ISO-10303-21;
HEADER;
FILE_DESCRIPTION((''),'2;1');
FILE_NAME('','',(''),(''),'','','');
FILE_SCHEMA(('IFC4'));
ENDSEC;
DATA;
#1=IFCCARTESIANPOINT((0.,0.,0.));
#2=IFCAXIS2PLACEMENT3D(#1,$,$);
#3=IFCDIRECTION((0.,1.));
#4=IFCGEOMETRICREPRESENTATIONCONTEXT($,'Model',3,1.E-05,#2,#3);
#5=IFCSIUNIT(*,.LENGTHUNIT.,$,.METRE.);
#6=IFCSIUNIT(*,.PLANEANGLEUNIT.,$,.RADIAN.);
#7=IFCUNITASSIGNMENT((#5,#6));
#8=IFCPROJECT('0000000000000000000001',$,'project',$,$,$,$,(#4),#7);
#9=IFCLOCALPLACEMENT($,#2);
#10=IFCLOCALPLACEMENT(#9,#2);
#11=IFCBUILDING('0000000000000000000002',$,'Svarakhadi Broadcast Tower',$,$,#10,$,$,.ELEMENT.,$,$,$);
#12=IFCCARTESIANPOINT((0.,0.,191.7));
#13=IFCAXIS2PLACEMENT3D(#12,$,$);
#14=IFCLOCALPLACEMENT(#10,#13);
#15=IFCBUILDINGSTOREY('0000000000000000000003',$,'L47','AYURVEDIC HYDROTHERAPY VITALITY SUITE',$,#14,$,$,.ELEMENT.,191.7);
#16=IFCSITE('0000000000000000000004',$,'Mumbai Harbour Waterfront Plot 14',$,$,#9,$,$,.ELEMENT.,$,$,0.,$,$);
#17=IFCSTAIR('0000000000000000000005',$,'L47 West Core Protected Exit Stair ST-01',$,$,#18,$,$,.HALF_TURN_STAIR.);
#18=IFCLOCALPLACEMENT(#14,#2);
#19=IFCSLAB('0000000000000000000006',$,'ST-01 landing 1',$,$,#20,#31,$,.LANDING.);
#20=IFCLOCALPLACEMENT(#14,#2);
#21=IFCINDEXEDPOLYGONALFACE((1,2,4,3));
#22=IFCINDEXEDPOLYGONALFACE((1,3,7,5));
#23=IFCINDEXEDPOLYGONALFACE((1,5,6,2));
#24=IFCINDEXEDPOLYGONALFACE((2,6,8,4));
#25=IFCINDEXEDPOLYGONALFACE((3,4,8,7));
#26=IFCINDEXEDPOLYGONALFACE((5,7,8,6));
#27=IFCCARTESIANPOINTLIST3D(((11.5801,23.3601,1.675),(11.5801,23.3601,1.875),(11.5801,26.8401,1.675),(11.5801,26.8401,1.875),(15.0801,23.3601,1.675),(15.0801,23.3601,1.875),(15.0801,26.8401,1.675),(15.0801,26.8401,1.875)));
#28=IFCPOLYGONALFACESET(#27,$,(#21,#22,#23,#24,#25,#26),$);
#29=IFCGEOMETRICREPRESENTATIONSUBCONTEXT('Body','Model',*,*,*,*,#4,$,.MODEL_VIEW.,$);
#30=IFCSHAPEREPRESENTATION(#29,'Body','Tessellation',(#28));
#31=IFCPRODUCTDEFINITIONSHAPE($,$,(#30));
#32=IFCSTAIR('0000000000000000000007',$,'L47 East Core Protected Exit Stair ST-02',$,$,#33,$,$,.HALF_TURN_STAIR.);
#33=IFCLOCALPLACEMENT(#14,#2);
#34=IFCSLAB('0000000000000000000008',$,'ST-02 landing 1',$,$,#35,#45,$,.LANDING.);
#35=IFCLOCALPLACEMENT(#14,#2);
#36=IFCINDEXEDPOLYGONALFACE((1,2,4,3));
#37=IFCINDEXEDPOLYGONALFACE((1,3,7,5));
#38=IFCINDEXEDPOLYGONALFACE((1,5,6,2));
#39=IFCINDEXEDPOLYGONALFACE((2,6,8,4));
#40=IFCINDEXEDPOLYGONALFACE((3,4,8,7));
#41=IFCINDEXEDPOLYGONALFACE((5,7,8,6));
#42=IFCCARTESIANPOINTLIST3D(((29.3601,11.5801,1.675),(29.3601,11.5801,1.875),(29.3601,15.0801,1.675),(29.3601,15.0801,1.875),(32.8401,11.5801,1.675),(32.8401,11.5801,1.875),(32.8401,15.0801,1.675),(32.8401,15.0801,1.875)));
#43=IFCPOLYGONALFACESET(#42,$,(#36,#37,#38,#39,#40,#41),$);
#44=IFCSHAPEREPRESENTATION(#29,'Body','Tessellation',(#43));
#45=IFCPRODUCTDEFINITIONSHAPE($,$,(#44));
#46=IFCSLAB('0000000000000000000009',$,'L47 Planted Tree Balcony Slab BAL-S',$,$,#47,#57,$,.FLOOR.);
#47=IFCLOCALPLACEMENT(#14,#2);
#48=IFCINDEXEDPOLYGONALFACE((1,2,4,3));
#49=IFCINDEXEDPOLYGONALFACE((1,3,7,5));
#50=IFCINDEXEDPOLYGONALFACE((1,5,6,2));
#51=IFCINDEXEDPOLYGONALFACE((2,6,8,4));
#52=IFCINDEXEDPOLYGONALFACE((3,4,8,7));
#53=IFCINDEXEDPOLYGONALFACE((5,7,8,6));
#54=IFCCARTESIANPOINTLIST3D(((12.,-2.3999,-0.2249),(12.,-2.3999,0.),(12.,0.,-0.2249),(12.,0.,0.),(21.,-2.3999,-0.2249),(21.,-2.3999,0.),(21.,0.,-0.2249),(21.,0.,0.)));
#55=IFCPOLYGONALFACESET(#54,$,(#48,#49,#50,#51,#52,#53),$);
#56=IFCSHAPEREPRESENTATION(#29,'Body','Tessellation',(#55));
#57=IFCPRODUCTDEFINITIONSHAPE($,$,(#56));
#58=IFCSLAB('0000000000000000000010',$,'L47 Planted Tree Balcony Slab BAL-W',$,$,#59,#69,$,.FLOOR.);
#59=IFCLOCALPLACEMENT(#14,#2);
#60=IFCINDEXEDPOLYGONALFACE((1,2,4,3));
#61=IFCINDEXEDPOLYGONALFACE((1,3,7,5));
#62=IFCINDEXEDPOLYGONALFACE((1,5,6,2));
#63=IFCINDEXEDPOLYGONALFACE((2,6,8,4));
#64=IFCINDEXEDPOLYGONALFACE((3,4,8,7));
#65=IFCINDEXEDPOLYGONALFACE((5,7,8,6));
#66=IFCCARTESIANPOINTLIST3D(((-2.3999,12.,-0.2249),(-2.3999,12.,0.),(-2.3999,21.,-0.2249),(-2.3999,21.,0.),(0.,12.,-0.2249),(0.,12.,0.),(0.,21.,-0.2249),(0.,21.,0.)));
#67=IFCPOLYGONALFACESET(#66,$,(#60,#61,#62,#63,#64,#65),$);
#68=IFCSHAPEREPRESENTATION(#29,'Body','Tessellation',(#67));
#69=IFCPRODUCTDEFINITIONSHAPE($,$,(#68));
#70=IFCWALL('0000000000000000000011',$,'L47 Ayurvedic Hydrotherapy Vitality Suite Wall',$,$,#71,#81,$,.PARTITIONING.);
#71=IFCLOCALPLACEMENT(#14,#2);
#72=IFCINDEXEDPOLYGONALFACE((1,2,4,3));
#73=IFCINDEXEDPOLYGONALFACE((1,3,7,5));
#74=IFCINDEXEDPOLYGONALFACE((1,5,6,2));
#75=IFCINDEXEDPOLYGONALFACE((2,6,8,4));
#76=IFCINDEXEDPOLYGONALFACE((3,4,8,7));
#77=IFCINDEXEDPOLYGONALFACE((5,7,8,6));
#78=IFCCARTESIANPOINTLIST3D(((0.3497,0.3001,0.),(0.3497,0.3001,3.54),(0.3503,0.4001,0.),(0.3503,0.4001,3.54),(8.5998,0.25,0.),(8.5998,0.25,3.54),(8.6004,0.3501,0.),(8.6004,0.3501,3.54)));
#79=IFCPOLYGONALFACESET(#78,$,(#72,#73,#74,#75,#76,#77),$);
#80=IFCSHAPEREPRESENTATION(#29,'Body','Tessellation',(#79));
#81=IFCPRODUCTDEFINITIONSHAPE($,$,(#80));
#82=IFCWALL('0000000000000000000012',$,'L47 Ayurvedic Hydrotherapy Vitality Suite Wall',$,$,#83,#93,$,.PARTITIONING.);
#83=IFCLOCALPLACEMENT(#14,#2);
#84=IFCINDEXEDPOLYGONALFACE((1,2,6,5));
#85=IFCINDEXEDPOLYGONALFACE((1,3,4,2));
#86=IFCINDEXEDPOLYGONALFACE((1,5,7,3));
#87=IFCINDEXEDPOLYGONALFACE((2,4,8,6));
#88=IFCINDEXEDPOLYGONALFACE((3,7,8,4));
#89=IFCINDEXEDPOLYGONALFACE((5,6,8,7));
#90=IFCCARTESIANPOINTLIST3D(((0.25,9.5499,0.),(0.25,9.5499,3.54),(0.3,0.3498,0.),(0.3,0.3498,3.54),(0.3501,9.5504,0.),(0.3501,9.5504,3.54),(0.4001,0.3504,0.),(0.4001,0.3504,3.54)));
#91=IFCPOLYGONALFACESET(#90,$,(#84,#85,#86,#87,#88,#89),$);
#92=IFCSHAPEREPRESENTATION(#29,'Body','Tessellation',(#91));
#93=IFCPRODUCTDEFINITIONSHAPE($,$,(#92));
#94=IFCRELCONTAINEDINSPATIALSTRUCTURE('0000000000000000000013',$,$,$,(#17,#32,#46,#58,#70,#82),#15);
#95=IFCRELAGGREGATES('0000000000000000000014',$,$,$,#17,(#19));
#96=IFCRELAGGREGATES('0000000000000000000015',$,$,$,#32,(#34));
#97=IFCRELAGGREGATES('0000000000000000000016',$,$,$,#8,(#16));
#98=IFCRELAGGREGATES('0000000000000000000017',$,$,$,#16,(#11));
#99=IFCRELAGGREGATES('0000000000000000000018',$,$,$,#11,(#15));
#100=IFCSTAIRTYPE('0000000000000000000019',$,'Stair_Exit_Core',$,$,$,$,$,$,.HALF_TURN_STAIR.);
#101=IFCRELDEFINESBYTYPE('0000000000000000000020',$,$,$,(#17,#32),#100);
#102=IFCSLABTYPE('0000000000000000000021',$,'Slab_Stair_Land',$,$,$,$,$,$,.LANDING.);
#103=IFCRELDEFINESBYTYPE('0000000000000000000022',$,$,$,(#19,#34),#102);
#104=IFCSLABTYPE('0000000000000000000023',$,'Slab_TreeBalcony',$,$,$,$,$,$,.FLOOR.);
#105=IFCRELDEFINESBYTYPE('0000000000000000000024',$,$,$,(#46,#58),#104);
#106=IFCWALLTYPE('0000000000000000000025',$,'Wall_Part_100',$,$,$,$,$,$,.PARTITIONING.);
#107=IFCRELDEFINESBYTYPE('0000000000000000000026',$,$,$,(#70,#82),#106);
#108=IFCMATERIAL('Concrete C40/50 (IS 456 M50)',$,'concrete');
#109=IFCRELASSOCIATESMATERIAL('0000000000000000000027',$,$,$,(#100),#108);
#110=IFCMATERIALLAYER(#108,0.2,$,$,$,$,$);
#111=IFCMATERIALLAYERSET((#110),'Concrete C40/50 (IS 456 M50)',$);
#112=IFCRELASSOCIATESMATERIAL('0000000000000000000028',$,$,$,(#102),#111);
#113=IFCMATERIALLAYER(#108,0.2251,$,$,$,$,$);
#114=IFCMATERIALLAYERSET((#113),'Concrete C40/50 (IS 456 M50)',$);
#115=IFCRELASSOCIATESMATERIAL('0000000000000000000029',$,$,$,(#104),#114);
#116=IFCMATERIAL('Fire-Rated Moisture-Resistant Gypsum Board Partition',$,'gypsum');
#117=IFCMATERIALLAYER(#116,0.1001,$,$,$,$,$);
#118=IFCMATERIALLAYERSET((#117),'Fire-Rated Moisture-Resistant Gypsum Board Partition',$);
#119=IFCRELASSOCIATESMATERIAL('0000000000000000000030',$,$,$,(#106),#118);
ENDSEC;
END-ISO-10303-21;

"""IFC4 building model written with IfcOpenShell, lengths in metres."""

from ifc_helpers import new_model, si_unit, direction, frame, frame_2d, origin, place, context, subcontext, project, spatial, polyline, rectangle, outline, extrude, material, layer, layer_set, type_object, element, aggregate, save


model = new_model("IFC4")

# Units and contexts
model_context = context("Model", 3, precision=1e-05, world=origin(), true_north=direction((0.0, 1.0)))
body_context = subcontext(model_context, "Body", "Model", "MODEL_VIEW")
ifc_project = project(units=[si_unit("LENGTHUNIT", "METRE"), si_unit("PLANEANGLEUNIT", "RADIAN")], contexts=[model_context])

# Site, building, storey
site_placement = place(None, origin())
site = spatial("IfcSite", under=ifc_project, at=site_placement, Name="Mumbai Harbour Waterfront Plot 14", CompositionType="ELEMENT", RefElevation=0.0)
building_placement = place(site_placement, origin())
building = spatial("IfcBuilding", under=site, at=building_placement, Name="Svarakhadi Broadcast Tower", CompositionType="ELEMENT")
storey_placement = place(building_placement, frame((0.0, 0.0, 191.7)))
storey = spatial("IfcBuildingStorey", under=building, at=storey_placement, Name="L47", Description="AYURVEDIC HYDROTHERAPY VITALITY SUITE", CompositionType="ELEMENT", Elevation=191.7)

# Shared definitions
ifc_material_1 = material(Name="Concrete C40/50 (IS 456 M50)", Category="concrete")

# Stairs, slabs
stair_type = type_object("IfcStairType", Name="Stair_Exit_Core", PredefinedType="HALF_TURN_STAIR", material=ifc_material_1)
stair_1_placement = place(storey_placement, origin())
stair_1 = element("IfcStair", 1, at=stair_1_placement, inside=storey, type_object=stair_type, Name="L47 West Core Protected Exit Stair ST-01", PredefinedType="HALF_TURN_STAIR")
ifc_layer_1 = layer(ifc_material_1, 0.2)
ifc_layer_set_1 = layer_set([ifc_layer_1], Name="Concrete C40/50 (IS 456 M50)")
slab_type_1 = type_object("IfcSlabType", Name="Slab_Stair_Land", PredefinedType="LANDING", material=ifc_layer_set_1)
slab_1_placement = place(storey_placement, frame((0.0, 0.0, 1.675)))
slab_1 = element("IfcSlab", 2, at=slab_1_placement, type_object=slab_type_1, Name="ST-01 landing 1", PredefinedType="LANDING", context=body_context, shape_type="SweptSolid", body=[
    extrude(outline(polyline([(11.5801, 23.3601), (15.0801, 23.3601), (15.0801, 26.8401), (11.5801, 26.8401), (11.5801, 23.3601)])), origin(), (0.0, 0.0, 1.0), 0.2),
])
aggregate(stair_1, [slab_1])
stair_2_placement = place(storey_placement, origin())
stair_2 = element("IfcStair", 3, at=stair_2_placement, inside=storey, type_object=stair_type, Name="L47 East Core Protected Exit Stair ST-02", PredefinedType="HALF_TURN_STAIR")
slab_2_placement = place(storey_placement, frame((0.0, 0.0, 1.675)))
slab_2 = element("IfcSlab", 4, at=slab_2_placement, type_object=slab_type_1, Name="ST-02 landing 1", PredefinedType="LANDING", context=body_context, shape_type="SweptSolid", body=[
    extrude(outline(polyline([(32.8401, 11.5801), (32.8401, 15.0801), (29.3601, 15.0801), (29.3601, 11.5801), (32.8401, 11.5801)])), origin(), (0.0, 0.0, 1.0), 0.2),
])
aggregate(stair_2, [slab_2])

# Slabs
ifc_layer_2 = layer(ifc_material_1, 0.2251)
ifc_layer_set_2 = layer_set([ifc_layer_2], Name="Concrete C40/50 (IS 456 M50)")
slab_type_2 = type_object("IfcSlabType", Name="Slab_TreeBalcony", PredefinedType="FLOOR", material=ifc_layer_set_2)
slab_3_placement = place(storey_placement, frame((0.0, 0.0, -0.2249)))
element("IfcSlab", 5, at=slab_3_placement, inside=storey, type_object=slab_type_2, Name="L47 Planted Tree Balcony Slab BAL-S", PredefinedType="FLOOR", context=body_context, shape_type="SweptSolid", body=[
    extrude(outline(polyline([(12.0, -2.3999), (21.0, -2.3999), (21.0, 0.0), (12.0, 0.0), (12.0, -2.3999)])), origin(), (0.0, 0.0, 1.0), 0.2249),
])
slab_4_placement = place(storey_placement, frame((0.0, 0.0, -0.2249)))
element("IfcSlab", 6, at=slab_4_placement, inside=storey, type_object=slab_type_2, Name="L47 Planted Tree Balcony Slab BAL-W", PredefinedType="FLOOR", context=body_context, shape_type="SweptSolid", body=[
    extrude(outline(polyline([(-2.3999, 12.0), (0.0, 12.0), (0.0, 21.0), (-2.3999, 21.0), (-2.3999, 12.0)])), origin(), (0.0, 0.0, 1.0), 0.2249),
])

# Walls
ifc_material_2 = material(Name="Fire-Rated Moisture-Resistant Gypsum Board Partition", Category="gypsum")
ifc_layer_3 = layer(ifc_material_2, 0.1001)
ifc_layer_set_3 = layer_set([ifc_layer_3], Name="Fire-Rated Moisture-Resistant Gypsum Board Partition")
wall_type = type_object("IfcWallType", Name="Wall_Part_100", PredefinedType="PARTITIONING", material=ifc_layer_set_3)
wall_1_placement = place(storey_placement, frame((0.3501, 0.3501, 0.0), z_axis=(0.0, 0.0, 1.0), x_axis=(0.999982, -0.006066, 0.0)))
element("IfcWall", 7, at=wall_1_placement, inside=storey, type_object=wall_type, Name="L47 Ayurvedic Hydrotherapy Vitality Suite Wall", PredefinedType="PARTITIONING", context=body_context, shape_type="SweptSolid", body=[
    extrude(rectangle(XDim=8.2502, YDim=0.1001, at=frame_2d((4.125, 0.0))), origin(), (0.0, 0.0, 1.0), 3.54),
])
wall_2_placement = place(storey_placement, frame((0.3501, 0.3501, 0.0), z_axis=(0.0, 0.0, 1.0), x_axis=(-0.00544, 0.999985, 0.0)))
element("IfcWall", 8, at=wall_2_placement, inside=storey, type_object=wall_type, Name="L47 Ayurvedic Hydrotherapy Vitality Suite Wall", PredefinedType="PARTITIONING", context=body_context, shape_type="SweptSolid", body=[
    extrude(rectangle(XDim=9.2002, YDim=0.1001, at=frame_2d((4.6001, 0.0))), origin(), (0.0, 0.0, 1.0), 3.54),
])

save(model, "model.ifc")
